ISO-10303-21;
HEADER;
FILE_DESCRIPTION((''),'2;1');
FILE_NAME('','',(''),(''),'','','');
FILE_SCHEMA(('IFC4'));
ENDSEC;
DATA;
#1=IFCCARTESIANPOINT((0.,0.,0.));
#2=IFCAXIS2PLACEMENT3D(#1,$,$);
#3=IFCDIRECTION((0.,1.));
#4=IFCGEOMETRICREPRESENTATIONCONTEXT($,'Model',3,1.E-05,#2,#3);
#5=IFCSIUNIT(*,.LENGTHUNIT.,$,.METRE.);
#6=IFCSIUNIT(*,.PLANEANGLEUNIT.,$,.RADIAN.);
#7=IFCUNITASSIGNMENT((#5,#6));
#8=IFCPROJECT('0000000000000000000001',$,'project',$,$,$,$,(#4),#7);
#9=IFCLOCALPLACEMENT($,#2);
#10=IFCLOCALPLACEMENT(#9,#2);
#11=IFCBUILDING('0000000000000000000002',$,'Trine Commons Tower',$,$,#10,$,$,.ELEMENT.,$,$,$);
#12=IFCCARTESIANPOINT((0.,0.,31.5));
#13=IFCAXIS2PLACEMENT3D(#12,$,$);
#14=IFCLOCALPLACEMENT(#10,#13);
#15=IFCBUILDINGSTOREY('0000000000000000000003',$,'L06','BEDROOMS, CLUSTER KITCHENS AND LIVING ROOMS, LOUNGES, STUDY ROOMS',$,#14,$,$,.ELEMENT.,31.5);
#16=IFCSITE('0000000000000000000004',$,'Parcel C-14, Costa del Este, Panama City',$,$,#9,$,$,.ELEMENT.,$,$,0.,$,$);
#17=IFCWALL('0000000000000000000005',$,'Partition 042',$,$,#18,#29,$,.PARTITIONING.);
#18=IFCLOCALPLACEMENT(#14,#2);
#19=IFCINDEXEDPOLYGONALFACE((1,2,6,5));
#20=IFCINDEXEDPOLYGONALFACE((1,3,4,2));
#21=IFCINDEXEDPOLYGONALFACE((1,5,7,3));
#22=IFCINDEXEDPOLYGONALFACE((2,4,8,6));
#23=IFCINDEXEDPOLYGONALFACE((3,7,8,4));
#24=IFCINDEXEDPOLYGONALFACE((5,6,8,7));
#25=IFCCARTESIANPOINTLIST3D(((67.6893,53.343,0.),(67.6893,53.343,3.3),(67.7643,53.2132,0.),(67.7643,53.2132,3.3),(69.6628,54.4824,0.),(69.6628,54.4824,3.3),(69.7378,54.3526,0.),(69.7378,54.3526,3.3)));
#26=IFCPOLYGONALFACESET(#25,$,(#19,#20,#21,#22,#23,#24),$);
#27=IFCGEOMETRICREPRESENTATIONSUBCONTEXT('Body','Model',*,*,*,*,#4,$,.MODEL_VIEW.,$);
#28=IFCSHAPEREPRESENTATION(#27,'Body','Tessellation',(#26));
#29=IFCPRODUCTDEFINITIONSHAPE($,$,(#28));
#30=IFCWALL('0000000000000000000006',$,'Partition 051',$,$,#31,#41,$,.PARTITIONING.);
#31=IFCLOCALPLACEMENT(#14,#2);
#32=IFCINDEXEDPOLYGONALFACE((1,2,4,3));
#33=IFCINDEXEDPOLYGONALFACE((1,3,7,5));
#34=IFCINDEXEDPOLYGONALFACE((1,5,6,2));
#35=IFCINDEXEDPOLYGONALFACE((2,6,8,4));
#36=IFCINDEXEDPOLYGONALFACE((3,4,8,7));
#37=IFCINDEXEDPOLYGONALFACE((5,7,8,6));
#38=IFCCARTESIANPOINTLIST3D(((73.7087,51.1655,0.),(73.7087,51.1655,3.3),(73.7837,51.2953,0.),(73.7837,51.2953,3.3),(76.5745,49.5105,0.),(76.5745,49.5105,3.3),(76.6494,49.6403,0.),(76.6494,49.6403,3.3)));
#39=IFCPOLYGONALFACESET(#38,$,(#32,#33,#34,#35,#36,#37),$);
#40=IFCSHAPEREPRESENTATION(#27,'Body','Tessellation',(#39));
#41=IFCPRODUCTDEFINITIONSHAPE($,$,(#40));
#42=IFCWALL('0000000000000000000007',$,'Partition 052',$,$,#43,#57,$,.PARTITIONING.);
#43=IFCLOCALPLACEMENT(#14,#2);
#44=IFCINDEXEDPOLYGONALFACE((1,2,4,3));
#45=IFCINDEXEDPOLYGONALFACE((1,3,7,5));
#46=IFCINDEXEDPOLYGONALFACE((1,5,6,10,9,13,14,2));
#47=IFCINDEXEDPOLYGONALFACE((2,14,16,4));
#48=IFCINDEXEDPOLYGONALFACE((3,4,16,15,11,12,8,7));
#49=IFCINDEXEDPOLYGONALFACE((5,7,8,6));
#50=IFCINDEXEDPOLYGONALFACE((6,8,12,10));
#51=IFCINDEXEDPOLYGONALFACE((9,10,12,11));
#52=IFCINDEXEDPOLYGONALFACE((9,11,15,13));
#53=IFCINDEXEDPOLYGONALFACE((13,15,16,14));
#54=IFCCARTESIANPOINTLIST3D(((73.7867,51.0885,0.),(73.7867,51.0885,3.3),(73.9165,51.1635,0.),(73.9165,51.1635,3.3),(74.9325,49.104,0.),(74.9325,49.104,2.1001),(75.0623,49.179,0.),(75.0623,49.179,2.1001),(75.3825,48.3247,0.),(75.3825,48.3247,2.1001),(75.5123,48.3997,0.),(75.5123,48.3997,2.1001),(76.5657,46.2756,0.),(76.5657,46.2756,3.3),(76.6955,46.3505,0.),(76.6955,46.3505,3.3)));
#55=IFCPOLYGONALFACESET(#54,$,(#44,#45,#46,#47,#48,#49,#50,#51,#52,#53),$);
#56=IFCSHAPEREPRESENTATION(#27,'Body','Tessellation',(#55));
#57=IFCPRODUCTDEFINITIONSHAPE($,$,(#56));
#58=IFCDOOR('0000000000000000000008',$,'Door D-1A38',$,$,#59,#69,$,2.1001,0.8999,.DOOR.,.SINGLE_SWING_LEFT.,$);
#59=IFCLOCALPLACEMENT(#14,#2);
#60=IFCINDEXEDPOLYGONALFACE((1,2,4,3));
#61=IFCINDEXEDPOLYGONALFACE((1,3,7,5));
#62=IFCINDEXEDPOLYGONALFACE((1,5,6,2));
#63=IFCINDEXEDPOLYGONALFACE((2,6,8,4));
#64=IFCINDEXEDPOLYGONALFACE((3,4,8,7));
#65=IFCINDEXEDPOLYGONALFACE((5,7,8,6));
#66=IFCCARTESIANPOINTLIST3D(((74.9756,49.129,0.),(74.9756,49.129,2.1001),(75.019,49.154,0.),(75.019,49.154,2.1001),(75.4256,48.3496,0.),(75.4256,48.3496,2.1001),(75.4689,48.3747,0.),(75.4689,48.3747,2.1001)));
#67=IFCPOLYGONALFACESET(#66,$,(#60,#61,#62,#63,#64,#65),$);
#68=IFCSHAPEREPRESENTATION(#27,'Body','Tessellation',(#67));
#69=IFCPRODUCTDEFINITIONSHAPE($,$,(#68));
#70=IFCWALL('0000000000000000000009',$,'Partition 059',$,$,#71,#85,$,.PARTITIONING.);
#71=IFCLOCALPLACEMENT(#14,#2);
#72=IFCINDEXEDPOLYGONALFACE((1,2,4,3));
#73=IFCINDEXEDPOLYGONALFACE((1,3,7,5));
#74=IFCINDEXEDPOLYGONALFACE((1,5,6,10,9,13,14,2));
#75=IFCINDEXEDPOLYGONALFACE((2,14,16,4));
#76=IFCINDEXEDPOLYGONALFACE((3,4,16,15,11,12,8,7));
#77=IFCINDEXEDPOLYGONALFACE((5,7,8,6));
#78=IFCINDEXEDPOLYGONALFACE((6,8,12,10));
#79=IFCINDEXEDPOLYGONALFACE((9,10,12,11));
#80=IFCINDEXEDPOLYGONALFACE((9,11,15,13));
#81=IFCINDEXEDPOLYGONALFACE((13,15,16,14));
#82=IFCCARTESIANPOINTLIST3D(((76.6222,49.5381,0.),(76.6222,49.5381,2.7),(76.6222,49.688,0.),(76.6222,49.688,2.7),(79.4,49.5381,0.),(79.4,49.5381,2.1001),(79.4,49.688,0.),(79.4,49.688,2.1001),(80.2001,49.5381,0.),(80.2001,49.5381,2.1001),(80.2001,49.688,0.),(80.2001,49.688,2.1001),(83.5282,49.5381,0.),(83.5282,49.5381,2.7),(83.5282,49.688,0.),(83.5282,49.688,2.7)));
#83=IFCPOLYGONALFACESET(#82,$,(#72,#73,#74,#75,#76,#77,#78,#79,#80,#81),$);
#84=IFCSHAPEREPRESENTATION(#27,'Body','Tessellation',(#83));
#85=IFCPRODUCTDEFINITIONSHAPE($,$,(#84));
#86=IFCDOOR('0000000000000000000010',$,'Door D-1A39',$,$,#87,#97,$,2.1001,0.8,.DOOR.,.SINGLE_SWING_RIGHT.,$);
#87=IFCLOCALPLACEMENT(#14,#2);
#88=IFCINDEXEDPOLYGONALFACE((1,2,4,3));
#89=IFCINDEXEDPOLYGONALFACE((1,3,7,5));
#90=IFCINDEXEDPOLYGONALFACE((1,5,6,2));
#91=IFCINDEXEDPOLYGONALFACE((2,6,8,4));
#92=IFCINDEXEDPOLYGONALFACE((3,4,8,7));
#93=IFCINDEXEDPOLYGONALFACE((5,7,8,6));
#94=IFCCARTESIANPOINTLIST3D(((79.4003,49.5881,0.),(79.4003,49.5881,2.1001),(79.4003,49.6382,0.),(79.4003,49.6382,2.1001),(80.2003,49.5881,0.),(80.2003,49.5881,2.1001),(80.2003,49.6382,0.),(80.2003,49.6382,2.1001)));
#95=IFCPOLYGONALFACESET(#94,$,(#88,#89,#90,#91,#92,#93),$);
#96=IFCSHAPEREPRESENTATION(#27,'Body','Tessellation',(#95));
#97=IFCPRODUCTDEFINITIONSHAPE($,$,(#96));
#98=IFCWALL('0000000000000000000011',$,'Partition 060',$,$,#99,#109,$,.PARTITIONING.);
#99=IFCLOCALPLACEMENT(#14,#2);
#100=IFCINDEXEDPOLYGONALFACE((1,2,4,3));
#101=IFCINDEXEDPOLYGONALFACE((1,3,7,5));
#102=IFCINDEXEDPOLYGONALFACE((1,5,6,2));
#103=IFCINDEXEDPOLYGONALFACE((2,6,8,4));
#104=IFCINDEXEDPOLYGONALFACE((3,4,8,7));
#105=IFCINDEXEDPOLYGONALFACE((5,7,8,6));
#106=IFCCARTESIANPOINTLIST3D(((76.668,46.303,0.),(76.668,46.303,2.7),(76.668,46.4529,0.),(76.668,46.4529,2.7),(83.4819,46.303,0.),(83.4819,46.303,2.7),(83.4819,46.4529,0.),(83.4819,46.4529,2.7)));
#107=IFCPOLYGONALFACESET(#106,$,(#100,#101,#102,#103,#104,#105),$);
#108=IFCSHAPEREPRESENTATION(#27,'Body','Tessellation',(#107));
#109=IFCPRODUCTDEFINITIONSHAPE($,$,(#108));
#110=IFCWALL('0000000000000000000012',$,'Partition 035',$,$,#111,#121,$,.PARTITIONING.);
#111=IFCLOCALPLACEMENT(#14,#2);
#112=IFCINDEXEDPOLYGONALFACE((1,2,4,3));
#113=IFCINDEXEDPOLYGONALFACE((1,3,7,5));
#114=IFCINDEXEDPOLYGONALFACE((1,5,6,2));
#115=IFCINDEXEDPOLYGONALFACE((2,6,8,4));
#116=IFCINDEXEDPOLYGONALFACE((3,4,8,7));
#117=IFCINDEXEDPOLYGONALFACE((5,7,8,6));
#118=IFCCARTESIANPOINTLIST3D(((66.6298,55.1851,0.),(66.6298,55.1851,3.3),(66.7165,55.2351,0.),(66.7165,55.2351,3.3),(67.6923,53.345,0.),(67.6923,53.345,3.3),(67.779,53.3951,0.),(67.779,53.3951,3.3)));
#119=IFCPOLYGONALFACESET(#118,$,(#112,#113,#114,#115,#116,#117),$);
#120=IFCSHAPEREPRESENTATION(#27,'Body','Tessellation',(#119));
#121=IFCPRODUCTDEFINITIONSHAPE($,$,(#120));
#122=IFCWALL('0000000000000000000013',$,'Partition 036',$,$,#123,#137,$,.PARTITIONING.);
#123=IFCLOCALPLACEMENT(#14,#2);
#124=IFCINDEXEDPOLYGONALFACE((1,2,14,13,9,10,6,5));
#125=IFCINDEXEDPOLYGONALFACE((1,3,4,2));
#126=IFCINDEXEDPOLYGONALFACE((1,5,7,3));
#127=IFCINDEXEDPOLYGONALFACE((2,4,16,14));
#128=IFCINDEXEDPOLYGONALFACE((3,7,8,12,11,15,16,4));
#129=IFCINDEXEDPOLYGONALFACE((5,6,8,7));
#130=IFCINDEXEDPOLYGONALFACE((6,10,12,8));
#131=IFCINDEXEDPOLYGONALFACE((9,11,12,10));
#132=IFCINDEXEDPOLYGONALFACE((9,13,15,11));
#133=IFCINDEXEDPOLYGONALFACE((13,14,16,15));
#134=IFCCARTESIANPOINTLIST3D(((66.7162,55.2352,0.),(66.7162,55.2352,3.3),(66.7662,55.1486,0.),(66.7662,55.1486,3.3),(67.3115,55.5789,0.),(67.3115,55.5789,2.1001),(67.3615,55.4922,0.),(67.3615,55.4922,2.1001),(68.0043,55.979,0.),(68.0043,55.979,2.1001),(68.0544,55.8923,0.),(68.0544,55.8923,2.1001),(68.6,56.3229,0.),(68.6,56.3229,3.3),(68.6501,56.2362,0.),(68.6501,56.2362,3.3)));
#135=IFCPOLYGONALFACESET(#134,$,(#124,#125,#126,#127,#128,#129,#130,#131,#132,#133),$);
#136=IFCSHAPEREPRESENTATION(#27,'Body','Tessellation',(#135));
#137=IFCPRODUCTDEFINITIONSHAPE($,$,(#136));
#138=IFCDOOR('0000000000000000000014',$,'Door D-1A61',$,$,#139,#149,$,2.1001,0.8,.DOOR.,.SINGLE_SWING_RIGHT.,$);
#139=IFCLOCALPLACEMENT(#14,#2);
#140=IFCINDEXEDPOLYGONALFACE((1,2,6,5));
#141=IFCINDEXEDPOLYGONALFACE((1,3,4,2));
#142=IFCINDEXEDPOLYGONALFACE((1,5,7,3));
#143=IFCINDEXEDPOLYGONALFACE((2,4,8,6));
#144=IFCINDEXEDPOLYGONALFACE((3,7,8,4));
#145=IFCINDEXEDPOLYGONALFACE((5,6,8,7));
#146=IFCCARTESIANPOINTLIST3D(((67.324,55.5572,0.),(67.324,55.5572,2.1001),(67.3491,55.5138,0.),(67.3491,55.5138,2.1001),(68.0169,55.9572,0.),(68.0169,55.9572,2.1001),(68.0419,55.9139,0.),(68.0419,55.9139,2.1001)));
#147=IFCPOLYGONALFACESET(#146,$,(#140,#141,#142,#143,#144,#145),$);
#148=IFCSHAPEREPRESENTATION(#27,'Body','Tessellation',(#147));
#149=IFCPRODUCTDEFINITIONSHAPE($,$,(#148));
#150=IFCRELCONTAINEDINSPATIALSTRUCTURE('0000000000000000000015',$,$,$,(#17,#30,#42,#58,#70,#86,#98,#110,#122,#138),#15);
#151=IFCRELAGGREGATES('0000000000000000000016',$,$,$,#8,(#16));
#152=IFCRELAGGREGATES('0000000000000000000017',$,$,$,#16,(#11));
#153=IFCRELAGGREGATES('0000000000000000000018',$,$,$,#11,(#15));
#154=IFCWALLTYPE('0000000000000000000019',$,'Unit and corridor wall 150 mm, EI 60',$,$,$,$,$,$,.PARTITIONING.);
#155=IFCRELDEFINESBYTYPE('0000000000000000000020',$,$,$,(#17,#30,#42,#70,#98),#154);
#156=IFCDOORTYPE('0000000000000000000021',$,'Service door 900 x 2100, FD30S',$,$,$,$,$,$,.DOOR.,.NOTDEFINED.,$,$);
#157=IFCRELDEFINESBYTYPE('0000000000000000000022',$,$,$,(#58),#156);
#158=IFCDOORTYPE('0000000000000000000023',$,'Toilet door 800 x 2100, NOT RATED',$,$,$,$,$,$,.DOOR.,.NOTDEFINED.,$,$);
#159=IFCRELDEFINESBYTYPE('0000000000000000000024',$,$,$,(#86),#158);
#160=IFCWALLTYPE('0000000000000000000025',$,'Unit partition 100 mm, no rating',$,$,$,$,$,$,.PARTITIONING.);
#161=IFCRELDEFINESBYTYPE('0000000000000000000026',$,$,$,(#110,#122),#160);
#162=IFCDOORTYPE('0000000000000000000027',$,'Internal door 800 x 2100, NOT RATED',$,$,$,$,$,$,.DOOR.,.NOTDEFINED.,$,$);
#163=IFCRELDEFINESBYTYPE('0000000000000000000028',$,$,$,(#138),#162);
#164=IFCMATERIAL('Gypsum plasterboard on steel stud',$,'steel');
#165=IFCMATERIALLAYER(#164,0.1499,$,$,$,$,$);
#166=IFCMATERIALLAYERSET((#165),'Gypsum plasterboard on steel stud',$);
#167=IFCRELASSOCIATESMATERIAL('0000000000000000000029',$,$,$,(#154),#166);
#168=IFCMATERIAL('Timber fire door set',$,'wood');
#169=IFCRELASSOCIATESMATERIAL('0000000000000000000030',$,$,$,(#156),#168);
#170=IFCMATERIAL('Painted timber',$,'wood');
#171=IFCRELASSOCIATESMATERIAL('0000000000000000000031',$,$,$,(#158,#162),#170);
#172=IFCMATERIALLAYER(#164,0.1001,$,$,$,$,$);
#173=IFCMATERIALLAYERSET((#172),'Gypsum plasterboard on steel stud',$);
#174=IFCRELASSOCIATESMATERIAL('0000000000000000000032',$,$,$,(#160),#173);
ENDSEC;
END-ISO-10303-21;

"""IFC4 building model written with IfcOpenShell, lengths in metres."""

from ifc_helpers import new_model, si_unit, direction, frame, frame_2d, origin, place, context, subcontext, project, spatial, rectangle, extrude, material, layer, layer_set, type_object, element, fill, save


model = new_model("IFC4")

# Units and contexts
model_context = context("Model", 3, precision=1e-05, world=origin(), true_north=direction((0.0, 1.0)))
body_context = subcontext(model_context, "Body", "Model", "MODEL_VIEW")
ifc_project = project(units=[si_unit("LENGTHUNIT", "METRE"), si_unit("PLANEANGLEUNIT", "RADIAN")], contexts=[model_context])

# Site, building, storey
site_placement = place(None, origin())
site = spatial("IfcSite", under=ifc_project, at=site_placement, Name="Parcel C-14, Costa del Este, Panama City", CompositionType="ELEMENT", RefElevation=0.0)
building_placement = place(site_placement, origin())
building = spatial("IfcBuilding", under=site, at=building_placement, Name="Trine Commons Tower", CompositionType="ELEMENT")
storey_placement = place(building_placement, frame((0.0, 0.0, 31.5)))
storey = spatial("IfcBuildingStorey", under=building, at=storey_placement, Name="L06", Description="BEDROOMS, CLUSTER KITCHENS AND LIVING ROOMS, LOUNGES, STUDY ROOMS", CompositionType="ELEMENT", Elevation=31.5)

# Walls
ifc_material_1 = material(Name="Gypsum plasterboard on steel stud", Category="steel")
ifc_layer_1 = layer(ifc_material_1, 0.1499)
ifc_layer_set_1 = layer_set([ifc_layer_1], Name="Gypsum plasterboard on steel stud")
wall_type_1 = type_object("IfcWallType", Name="Unit and corridor wall 150 mm, EI 60", PredefinedType="PARTITIONING", material=ifc_layer_set_1)
wall_1_placement = place(storey_placement, frame((67.7268, 53.2781, 0.0), z_axis=(0.0, 0.0, 1.0), x_axis=(0.866013, 0.500022, 0.0)))
element("IfcWall", 1, at=wall_1_placement, inside=storey, type_object=wall_type_1, Name="Partition 042", PredefinedType="PARTITIONING", context=body_context, shape_type="SweptSolid", body=[
    extrude(rectangle(XDim=2.2788, YDim=0.1499, at=frame_2d((1.1394, 0.0))), origin(), (0.0, 0.0, 1.0), 3.3),
])
wall_2_placement = place(storey_placement, frame((73.7461, 51.2305, 0.0), z_axis=(0.0, 0.0, 1.0), x_axis=(0.86596, -0.500114, 0.0)))
element("IfcWall", 2, at=wall_2_placement, inside=storey, type_object=wall_type_1, Name="Partition 051", PredefinedType="PARTITIONING", context=body_context, shape_type="SweptSolid", body=[
    extrude(rectangle(XDim=3.3093, YDim=0.1499, at=frame_2d((1.6548, 0.0))), origin(), (0.0, 0.0, 1.0), 3.3),
])

# Walls, openings, doors
wall_3_placement = place(storey_placement, frame((73.8516, 51.126, 0.0), z_axis=(0.0, 0.0, 1.0), x_axis=(0.500037, -0.866004, 0.0)))
wall_3 = element("IfcWall", 3, at=wall_3_placement, inside=storey, type_object=wall_type_1, Name="Partition 052", PredefinedType="PARTITIONING", context=body_context, shape_type="SweptSolid", body=[
    extrude(rectangle(XDim=5.5576, YDim=0.1499, at=frame_2d((2.7788, 0.0))), origin(), (0.0, 0.0, 1.0), 3.3),
])
opening_1_placement = place(wall_3_placement, frame((2.2915, 0.0, 0.0)))
opening_1 = element("IfcOpeningElement", 4, at=opening_1_placement, cuts=wall_3, PredefinedType="OPENING", context=body_context, shape_type="SweptSolid", body=[
    extrude(rectangle(XDim=0.8999, YDim=2.1001, at=frame_2d((0.45, 1.05))), frame((0.0, 0.085, 0.0), z_axis=(0.0, -1.0, 0.0), x_axis=(1.0, 0.0, 0.0)), (0.0, 0.0, 1.0), 0.1699),
])
ifc_material_2 = material(Name="Timber fire door set", Category="wood")
door_type_1 = type_object("IfcDoorType", Name="Service door 900 x 2100, FD30S", OperationType="NOTDEFINED", PredefinedType="DOOR", material=ifc_material_2)
door_1_placement = place(opening_1_placement, origin())
door_1 = element("IfcDoor", 5, at=door_1_placement, inside=storey, type_object=door_type_1, Name="Door D-1A38", OperationType="SINGLE_SWING_LEFT", OverallHeight=2.1001, OverallWidth=0.8999, PredefinedType="DOOR", context=body_context, shape_type="SweptSolid", body=[
    extrude(rectangle(XDim=0.8999, YDim=2.1001, at=frame_2d((0.45, 1.05))), frame((0.0, 0.0249, 0.0), z_axis=(0.0, -1.0, 0.0), x_axis=(1.0, 0.0, 0.0)), (0.0, 0.0, 1.0), 0.05),
])
fill(opening_1, door_1)
wall_4_placement = place(storey_placement, frame((76.6221, 49.613, 0.0), z_axis=(0.0, 0.0, 1.0), x_axis=(1.0, 0.0, 0.0)))
wall_4 = element("IfcWall", 6, at=wall_4_placement, inside=storey, type_object=wall_type_1, Name="Partition 059", PredefinedType="PARTITIONING", context=body_context, shape_type="SweptSolid", body=[
    extrude(rectangle(XDim=6.906, YDim=0.1499, at=frame_2d((3.4531, 0.0))), origin(), (0.0, 0.0, 1.0), 2.7),
])
opening_2_placement = place(wall_4_placement, frame((2.7781, 0.0, 0.0)))
opening_2 = element("IfcOpeningElement", 7, at=opening_2_placement, cuts=wall_4, PredefinedType="OPENING", context=body_context, shape_type="SweptSolid", body=[
    extrude(rectangle(XDim=0.8, YDim=2.1001, at=frame_2d((0.3999, 1.05))), frame((0.0, 0.085, 0.0), z_axis=(0.0, -1.0, 0.0), x_axis=(1.0, 0.0, 0.0)), (0.0, 0.0, 1.0), 0.1699),
])
ifc_material_3 = material(Name="Painted timber", Category="wood")
door_type_2 = type_object("IfcDoorType", Name="Toilet door 800 x 2100, NOT RATED", OperationType="NOTDEFINED", PredefinedType="DOOR", material=ifc_material_3)
door_2_placement = place(opening_2_placement, frame((0.8, 0.0, 0.0), z_axis=(0.0, 0.0, 1.0), x_axis=(-1.0, 0.0, 0.0)))
door_2 = element("IfcDoor", 8, at=door_2_placement, inside=storey, type_object=door_type_2, Name="Door D-1A39", OperationType="SINGLE_SWING_RIGHT", OverallHeight=2.1001, OverallWidth=0.8, PredefinedType="DOOR", context=body_context, shape_type="SweptSolid", body=[
    extrude(rectangle(XDim=0.8, YDim=2.1001, at=frame_2d((0.3999, 1.05))), frame((0.0, 0.0249, 0.0), z_axis=(0.0, -1.0, 0.0), x_axis=(1.0, 0.0, 0.0)), (0.0, 0.0, 1.0), 0.05),
])
fill(opening_2, door_2)

# Walls
wall_5_placement = place(storey_placement, frame((76.668, 46.3779, 0.0), z_axis=(0.0, 0.0, 1.0), x_axis=(1.0, 0.0, 0.0)))
element("IfcWall", 9, at=wall_5_placement, inside=storey, type_object=wall_type_1, Name="Partition 060", PredefinedType="PARTITIONING", context=body_context, shape_type="SweptSolid", body=[
    extrude(rectangle(XDim=6.814, YDim=0.1499, at=frame_2d((3.407, 0.0))), origin(), (0.0, 0.0, 1.0), 2.7),
])
ifc_layer_2 = layer(ifc_material_1, 0.1001)
ifc_layer_set_2 = layer_set([ifc_layer_2], Name="Gypsum plasterboard on steel stud")
wall_type_2 = type_object("IfcWallType", Name="Unit partition 100 mm, no rating", PredefinedType="PARTITIONING", material=ifc_layer_set_2)
wall_6_placement = place(storey_placement, frame((66.6731, 55.2102, 0.0), z_axis=(0.0, 0.0, 1.0), x_axis=(0.500044, -0.866, 0.0)))
element("IfcWall", 10, at=wall_6_placement, inside=storey, type_object=wall_type_2, Name="Partition 035", PredefinedType="PARTITIONING", context=body_context, shape_type="SweptSolid", body=[
    extrude(rectangle(XDim=2.1248, YDim=0.1001, at=frame_2d((1.0625, 0.0))), origin(), (0.0, 0.0, 1.0), 3.3),
])

# Wall, opening, door
wall_7_placement = place(storey_placement, frame((66.7412, 55.1919, 0.0), z_axis=(0.0, 0.0, 1.0), x_axis=(0.866017, 0.500014, 0.0)))
wall_7 = element("IfcWall", 11, at=wall_7_placement, inside=storey, type_object=wall_type_2, Name="Partition 036", PredefinedType="PARTITIONING", context=body_context, shape_type="SweptSolid", body=[
    extrude(rectangle(XDim=2.1753, YDim=0.1001, at=frame_2d((1.0876, 0.0))), origin(), (0.0, 0.0, 1.0), 3.3),
])
opening_3_placement = place(wall_7_placement, frame((0.6875, 0.0, 0.0)))
opening_3 = element("IfcOpeningElement", 12, at=opening_3_placement, cuts=wall_7, PredefinedType="OPENING", context=body_context, shape_type="SweptSolid", body=[
    extrude(rectangle(XDim=0.8, YDim=2.1001, at=frame_2d((0.3999, 1.05))), frame((0.0, 0.0601, 0.0), z_axis=(0.0, -1.0, 0.0), x_axis=(1.0, 0.0, 0.0)), (0.0, 0.0, 1.0), 0.1201),
])
door_type_3 = type_object("IfcDoorType", Name="Internal door 800 x 2100, NOT RATED", OperationType="NOTDEFINED", PredefinedType="DOOR", material=ifc_material_3)
door_3_placement = place(opening_3_placement, origin())
door_3 = element("IfcDoor", 13, at=door_3_placement, inside=storey, type_object=door_type_3, Name="Door D-1A61", OperationType="SINGLE_SWING_RIGHT", OverallHeight=2.1001, OverallWidth=0.8, PredefinedType="DOOR", context=body_context, shape_type="SweptSolid", body=[
    extrude(rectangle(XDim=0.8, YDim=2.1001, at=frame_2d((0.3999, 1.05))), frame((0.0, 0.0249, 0.0), z_axis=(0.0, -1.0, 0.0), x_axis=(1.0, 0.0, 0.0)), (0.0, 0.0, 1.0), 0.05),
])
fill(opening_3, door_3)

save(model, "model.ifc")
